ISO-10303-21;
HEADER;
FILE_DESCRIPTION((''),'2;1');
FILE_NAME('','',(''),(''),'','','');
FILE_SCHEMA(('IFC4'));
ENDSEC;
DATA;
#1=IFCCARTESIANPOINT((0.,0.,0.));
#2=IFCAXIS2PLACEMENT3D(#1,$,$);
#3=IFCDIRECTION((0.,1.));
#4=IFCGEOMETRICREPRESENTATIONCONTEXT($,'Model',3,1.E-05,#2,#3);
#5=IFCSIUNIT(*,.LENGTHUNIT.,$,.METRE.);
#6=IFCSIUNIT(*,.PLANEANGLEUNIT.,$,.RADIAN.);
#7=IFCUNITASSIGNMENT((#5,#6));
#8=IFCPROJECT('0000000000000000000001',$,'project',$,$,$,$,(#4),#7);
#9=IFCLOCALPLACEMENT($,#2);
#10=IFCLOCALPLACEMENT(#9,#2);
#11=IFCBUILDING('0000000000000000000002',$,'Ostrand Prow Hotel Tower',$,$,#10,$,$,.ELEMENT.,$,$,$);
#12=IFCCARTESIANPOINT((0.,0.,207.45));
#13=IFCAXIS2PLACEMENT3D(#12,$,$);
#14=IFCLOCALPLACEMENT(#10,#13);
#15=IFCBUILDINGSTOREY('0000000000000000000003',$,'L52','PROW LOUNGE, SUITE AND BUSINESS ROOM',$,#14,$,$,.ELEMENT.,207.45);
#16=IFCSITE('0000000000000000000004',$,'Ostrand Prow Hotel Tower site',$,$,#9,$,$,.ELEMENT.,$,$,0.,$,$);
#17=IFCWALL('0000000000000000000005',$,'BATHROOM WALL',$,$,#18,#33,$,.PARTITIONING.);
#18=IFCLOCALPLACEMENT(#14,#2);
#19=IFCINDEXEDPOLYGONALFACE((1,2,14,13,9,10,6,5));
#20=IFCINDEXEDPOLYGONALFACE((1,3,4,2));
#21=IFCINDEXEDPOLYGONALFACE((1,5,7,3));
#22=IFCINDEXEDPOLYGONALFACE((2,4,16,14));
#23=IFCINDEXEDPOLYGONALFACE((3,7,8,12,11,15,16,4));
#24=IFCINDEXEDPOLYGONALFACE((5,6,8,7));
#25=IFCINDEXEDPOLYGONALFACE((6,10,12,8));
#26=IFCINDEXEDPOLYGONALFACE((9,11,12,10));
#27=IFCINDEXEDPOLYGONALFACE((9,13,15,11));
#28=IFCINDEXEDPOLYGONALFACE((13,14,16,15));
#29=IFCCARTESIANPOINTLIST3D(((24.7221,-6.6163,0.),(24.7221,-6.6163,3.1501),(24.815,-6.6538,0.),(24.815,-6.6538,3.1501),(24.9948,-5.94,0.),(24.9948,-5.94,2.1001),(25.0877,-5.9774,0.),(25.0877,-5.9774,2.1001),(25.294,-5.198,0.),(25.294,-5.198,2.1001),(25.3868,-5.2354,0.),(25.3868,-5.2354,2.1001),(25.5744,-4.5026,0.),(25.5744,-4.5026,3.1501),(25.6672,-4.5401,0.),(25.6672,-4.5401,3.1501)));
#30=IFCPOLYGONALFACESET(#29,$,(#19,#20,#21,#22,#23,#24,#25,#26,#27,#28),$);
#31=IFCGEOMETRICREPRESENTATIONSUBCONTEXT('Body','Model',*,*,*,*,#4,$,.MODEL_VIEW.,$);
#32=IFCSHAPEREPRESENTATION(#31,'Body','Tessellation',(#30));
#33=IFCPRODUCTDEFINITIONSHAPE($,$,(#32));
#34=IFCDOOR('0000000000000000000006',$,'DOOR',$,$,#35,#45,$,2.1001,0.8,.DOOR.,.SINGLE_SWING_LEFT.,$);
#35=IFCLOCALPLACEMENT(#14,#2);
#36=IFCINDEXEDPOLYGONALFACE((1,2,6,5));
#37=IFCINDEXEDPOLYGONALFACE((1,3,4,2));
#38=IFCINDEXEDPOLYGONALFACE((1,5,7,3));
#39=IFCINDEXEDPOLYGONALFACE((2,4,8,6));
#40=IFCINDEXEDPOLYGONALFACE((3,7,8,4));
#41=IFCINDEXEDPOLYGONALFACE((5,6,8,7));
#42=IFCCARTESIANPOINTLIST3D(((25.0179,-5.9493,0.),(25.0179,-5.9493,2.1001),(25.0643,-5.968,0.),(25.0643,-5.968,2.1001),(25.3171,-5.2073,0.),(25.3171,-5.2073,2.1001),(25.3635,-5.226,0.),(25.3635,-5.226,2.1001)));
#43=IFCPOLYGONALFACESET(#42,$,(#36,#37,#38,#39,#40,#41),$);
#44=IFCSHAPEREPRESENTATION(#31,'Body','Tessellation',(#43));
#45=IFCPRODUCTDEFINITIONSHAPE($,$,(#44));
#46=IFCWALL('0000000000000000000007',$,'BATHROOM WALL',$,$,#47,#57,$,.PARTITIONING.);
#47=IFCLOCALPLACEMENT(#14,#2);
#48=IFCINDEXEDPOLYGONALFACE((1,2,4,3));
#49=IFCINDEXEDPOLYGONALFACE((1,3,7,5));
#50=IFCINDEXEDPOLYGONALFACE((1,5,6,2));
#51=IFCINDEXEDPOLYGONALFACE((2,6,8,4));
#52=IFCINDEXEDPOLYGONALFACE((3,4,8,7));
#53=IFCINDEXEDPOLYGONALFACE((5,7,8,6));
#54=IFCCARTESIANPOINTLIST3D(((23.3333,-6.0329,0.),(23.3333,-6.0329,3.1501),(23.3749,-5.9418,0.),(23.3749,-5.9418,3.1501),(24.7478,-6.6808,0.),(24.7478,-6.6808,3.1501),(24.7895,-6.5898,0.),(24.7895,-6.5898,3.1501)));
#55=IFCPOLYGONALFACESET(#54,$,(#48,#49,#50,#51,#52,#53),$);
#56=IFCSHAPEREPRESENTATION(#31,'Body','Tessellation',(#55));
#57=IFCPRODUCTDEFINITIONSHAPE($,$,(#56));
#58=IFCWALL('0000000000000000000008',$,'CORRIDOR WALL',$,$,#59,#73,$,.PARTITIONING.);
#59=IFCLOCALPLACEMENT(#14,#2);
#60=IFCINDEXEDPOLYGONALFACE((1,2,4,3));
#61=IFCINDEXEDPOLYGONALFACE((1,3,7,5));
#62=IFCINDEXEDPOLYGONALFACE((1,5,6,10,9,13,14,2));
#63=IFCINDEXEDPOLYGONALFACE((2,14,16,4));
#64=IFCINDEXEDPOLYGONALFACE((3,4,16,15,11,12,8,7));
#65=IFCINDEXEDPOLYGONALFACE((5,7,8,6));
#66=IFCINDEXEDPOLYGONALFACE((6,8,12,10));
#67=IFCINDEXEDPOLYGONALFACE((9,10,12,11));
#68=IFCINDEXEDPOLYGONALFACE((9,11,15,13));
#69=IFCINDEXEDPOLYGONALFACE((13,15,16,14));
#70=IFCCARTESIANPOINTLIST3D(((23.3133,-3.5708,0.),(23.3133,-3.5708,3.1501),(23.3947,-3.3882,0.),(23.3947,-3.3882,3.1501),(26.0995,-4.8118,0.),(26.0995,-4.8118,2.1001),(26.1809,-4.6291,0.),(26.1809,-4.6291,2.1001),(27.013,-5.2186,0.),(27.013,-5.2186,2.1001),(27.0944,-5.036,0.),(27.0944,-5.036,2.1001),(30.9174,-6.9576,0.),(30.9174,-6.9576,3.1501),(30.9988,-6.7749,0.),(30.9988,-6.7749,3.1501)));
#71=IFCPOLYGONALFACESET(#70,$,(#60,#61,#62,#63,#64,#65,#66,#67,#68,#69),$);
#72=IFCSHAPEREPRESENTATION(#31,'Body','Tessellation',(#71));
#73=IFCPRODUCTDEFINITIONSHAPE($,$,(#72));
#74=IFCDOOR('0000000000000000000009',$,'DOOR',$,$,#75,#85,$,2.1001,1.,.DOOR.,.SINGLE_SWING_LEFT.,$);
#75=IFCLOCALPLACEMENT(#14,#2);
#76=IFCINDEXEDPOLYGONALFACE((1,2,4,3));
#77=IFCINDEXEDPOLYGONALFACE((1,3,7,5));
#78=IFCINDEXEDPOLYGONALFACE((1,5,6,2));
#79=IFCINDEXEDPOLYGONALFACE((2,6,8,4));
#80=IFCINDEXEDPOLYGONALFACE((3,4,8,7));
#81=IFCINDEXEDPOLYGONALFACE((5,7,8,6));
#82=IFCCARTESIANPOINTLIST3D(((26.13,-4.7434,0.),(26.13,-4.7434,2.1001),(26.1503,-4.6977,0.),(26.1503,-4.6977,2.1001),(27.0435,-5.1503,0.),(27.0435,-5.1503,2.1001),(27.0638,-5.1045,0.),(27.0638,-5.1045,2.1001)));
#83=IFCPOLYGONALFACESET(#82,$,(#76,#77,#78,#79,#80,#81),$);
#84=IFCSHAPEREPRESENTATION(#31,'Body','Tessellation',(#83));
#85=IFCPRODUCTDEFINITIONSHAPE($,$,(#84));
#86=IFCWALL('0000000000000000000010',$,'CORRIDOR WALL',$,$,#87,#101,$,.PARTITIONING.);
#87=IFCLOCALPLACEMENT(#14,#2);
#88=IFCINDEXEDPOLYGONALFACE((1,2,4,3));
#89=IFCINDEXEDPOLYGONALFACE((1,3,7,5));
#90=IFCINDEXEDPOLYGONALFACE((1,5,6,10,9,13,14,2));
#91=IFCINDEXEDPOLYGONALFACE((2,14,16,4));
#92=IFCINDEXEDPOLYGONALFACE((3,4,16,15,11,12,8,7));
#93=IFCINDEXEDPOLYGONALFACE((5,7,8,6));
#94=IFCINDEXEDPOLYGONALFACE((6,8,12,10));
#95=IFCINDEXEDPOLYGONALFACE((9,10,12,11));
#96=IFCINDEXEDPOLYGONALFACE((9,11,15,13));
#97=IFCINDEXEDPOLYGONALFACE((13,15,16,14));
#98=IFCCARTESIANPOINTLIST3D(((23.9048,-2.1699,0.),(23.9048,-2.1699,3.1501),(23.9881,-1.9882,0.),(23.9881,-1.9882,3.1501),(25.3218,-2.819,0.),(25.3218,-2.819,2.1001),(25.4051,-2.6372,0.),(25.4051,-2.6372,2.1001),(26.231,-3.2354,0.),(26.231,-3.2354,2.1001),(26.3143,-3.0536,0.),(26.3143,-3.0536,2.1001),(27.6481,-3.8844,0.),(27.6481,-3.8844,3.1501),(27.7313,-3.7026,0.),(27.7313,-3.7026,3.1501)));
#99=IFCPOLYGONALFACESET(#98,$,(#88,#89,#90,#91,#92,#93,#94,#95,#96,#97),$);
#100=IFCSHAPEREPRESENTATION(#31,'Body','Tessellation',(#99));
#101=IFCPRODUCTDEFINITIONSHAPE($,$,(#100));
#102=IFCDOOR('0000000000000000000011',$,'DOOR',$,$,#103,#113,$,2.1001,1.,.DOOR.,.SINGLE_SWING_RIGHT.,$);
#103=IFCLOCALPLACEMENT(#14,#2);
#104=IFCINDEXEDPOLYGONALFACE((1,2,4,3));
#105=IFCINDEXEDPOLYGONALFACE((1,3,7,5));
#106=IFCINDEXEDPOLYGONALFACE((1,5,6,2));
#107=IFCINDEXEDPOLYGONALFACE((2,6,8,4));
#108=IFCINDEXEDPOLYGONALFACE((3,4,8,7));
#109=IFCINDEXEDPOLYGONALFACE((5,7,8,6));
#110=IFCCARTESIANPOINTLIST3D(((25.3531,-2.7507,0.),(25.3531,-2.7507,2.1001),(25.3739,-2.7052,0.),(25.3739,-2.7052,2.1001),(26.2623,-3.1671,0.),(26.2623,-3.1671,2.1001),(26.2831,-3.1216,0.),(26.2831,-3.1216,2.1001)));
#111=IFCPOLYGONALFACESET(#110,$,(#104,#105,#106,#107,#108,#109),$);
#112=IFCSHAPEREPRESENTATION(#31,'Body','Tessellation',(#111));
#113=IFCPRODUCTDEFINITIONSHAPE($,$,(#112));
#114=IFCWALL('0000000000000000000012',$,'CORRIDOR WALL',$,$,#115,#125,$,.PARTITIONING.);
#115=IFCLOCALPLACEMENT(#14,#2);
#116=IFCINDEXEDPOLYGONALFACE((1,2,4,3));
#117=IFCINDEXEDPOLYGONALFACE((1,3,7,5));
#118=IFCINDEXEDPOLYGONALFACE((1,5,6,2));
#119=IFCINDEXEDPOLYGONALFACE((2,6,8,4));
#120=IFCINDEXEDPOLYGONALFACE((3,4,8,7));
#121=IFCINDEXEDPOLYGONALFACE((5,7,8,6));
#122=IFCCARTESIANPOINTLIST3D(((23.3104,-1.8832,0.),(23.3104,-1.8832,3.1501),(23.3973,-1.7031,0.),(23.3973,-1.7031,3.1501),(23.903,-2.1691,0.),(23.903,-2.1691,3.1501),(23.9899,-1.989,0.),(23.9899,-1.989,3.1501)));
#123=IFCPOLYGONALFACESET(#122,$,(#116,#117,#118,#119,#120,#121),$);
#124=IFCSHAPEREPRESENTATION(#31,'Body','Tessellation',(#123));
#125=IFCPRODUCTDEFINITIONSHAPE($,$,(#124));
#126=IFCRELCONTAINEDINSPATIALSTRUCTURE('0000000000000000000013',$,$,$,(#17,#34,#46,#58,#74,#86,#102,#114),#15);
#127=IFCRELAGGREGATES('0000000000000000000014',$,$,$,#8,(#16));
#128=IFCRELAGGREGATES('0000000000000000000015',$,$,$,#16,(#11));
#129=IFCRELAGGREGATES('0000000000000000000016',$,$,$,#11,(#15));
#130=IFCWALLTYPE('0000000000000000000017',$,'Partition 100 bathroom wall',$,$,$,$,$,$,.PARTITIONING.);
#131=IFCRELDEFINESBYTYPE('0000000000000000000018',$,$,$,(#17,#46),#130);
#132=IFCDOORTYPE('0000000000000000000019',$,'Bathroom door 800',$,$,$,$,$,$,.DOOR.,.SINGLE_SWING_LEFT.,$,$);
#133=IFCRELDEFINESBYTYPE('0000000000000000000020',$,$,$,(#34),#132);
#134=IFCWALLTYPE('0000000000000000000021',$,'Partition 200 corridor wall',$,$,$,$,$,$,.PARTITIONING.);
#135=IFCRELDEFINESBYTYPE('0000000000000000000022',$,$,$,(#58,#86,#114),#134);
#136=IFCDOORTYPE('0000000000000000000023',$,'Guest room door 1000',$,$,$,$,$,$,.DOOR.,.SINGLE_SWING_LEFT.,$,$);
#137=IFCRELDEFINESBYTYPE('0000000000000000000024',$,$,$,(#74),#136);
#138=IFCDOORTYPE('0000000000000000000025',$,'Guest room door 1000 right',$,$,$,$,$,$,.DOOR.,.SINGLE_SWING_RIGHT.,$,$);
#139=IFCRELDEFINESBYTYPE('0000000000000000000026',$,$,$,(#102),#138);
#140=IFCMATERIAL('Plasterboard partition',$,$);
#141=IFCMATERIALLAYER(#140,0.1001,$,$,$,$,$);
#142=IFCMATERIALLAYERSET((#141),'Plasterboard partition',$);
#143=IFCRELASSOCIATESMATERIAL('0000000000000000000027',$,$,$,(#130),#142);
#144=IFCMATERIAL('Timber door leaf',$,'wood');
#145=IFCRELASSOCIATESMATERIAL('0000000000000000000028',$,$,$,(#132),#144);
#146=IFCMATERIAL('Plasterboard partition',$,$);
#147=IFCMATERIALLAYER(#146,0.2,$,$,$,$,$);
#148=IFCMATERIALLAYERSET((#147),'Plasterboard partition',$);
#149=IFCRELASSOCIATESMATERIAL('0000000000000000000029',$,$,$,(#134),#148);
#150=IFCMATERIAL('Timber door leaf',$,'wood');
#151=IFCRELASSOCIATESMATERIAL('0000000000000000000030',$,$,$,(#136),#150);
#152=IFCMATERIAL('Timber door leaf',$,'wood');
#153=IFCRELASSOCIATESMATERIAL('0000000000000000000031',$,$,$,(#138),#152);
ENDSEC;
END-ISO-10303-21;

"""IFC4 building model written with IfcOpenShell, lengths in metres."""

from ifc_helpers import new_model, si_unit, direction, frame, frame_2d, origin, place, context, subcontext, project, spatial, rectangle, extrude, material, layer, layer_set, type_object, element, fill, save


model = new_model("IFC4")

# Units and contexts
model_context = context("Model", 3, precision=1e-05, world=origin(), true_north=direction((0.0, 1.0)))
body_context = subcontext(model_context, "Body", "Model", "MODEL_VIEW")
ifc_project = project(units=[si_unit("LENGTHUNIT", "METRE"), si_unit("PLANEANGLEUNIT", "RADIAN")], contexts=[model_context])

# Site, building, storey
site_placement = place(None, origin())
site = spatial("IfcSite", under=ifc_project, at=site_placement, Name="Ostrand Prow Hotel Tower site", CompositionType="ELEMENT", RefElevation=0.0)
building_placement = place(site_placement, origin())
building = spatial("IfcBuilding", under=site, at=building_placement, Name="Ostrand Prow Hotel Tower", CompositionType="ELEMENT")
storey_placement = place(building_placement, frame((0.0, 0.0, 207.45)))
storey = spatial("IfcBuildingStorey", under=building, at=storey_placement, Name="L52", Description="PROW LOUNGE, SUITE AND BUSINESS ROOM", CompositionType="ELEMENT", Elevation=207.45)

# Wall, opening, door
ifc_material_1 = material(Name="Plasterboard partition")
ifc_layer_1 = layer(ifc_material_1, 0.1001)
ifc_layer_set_1 = layer_set([ifc_layer_1], Name="Plasterboard partition")
wall_type_1 = type_object("IfcWallType", Name="Partition 100 bathroom wall", PredefinedType="PARTITIONING", material=ifc_layer_set_1)
wall_1_placement = place(storey_placement, frame((25.6208, -4.5212, 0.0), z_axis=(0.0, 0.0, 1.0), x_axis=(-0.373956, -0.927446, 0.0)))
wall_1 = element("IfcWall", 1, at=wall_1_placement, inside=storey, type_object=wall_type_1, Name="BATHROOM WALL", PredefinedType="PARTITIONING", context=body_context, shape_type="SweptSolid", body=[
    extrude(rectangle(XDim=2.2791, YDim=0.1001, at=frame_2d((1.1396, 0.0))), origin(), (0.0, 0.0, 1.0), 3.1501),
])
opening_1_placement = place(wall_1_placement, frame((0.75, 0.0, 0.0)))
opening_1 = element("IfcOpeningElement", 2, at=opening_1_placement, cuts=wall_1, PredefinedType="OPENING", context=body_context, shape_type="SweptSolid", body=[
    extrude(rectangle(XDim=0.8, YDim=2.1001, at=frame_2d((0.3999, 1.05))), frame((0.0, 0.0601, 0.0), z_axis=(0.0, -1.0, 0.0), x_axis=(1.0, 0.0, 0.0)), (0.0, 0.0, 1.0), 0.1201),
])
ifc_material_2 = material(Name="Timber door leaf", Category="wood")
door_type_1 = type_object("IfcDoorType", Name="Bathroom door 800", OperationType="SINGLE_SWING_LEFT", PredefinedType="DOOR", material=ifc_material_2)
door_1_placement = place(opening_1_placement, origin())
door_1 = element("IfcDoor", 3, at=door_1_placement, inside=storey, type_object=door_type_1, Name="DOOR", OperationType="SINGLE_SWING_LEFT", OverallHeight=2.1001, OverallWidth=0.8, PredefinedType="DOOR", context=body_context, shape_type="SweptSolid", body=[
    extrude(rectangle(XDim=0.8, YDim=2.1001, at=frame_2d((0.3999, 1.05))), frame((0.0, 0.0249, 0.0), z_axis=(0.0, -1.0, 0.0), x_axis=(1.0, 0.0, 0.0)), (0.0, 0.0, 1.0), 0.05),
])
fill(opening_1, door_1)

# Wall
wall_2_placement = place(storey_placement, frame((24.7686, -6.6353, 0.0), z_axis=(0.0, 0.0, 1.0), x_axis=(-0.909159, 0.416449, 0.0)))
element("IfcWall", 4, at=wall_2_placement, inside=storey, type_object=wall_type_1, Name="BATHROOM WALL", PredefinedType="PARTITIONING", context=body_context, shape_type="SweptSolid", body=[
    extrude(rectangle(XDim=1.5559, YDim=0.1001, at=frame_2d((0.7778, 0.0))), origin(), (0.0, 0.0, 1.0), 3.1501),
])

# Walls, openings, doors
ifc_material_3 = material(Name="Plasterboard partition")
ifc_layer_2 = layer(ifc_material_3, 0.2)
ifc_layer_set_2 = layer_set([ifc_layer_2], Name="Plasterboard partition")
wall_type_2 = type_object("IfcWallType", Name="Partition 200 corridor wall", PredefinedType="PARTITIONING", material=ifc_layer_set_2)
wall_3_placement = place(storey_placement, frame((23.354, -3.4795, 0.0), z_axis=(0.0, 0.0, 1.0), x_axis=(0.913492, -0.406857, 0.0)))
wall_3 = element("IfcWall", 5, at=wall_3_placement, inside=storey, type_object=wall_type_2, Name="CORRIDOR WALL", PredefinedType="PARTITIONING", context=body_context, shape_type="SweptSolid", body=[
    extrude(rectangle(XDim=8.3242, YDim=0.2, at=frame_2d((4.1621, 0.0))), origin(), (0.0, 0.0, 1.0), 3.1501),
])
opening_2_placement = place(wall_3_placement, frame((3.05, 0.0, 0.0)))
opening_2 = element("IfcOpeningElement", 6, at=opening_2_placement, cuts=wall_3, PredefinedType="OPENING", context=body_context, shape_type="SweptSolid", body=[
    extrude(rectangle(XDim=1.0, YDim=2.1001, at=frame_2d((0.5, 1.05))), frame((0.0, 0.1099, 0.0), z_axis=(0.0, -1.0, 0.0), x_axis=(1.0, 0.0, 0.0)), (0.0, 0.0, 1.0), 0.22),
])
ifc_material_4 = material(Name="Timber door leaf", Category="wood")
door_type_2 = type_object("IfcDoorType", Name="Guest room door 1000", OperationType="SINGLE_SWING_LEFT", PredefinedType="DOOR", material=ifc_material_4)
door_2_placement = place(opening_2_placement, origin())
door_2 = element("IfcDoor", 7, at=door_2_placement, inside=storey, type_object=door_type_2, Name="DOOR", OperationType="SINGLE_SWING_LEFT", OverallHeight=2.1001, OverallWidth=1.0, PredefinedType="DOOR", context=body_context, shape_type="SweptSolid", body=[
    extrude(rectangle(XDim=1.0, YDim=2.1001, at=frame_2d((0.5, 1.05))), frame((0.0, 0.0249, 0.0), z_axis=(0.0, -1.0, 0.0), x_axis=(1.0, 0.0, 0.0)), (0.0, 0.0, 1.0), 0.05),
])
fill(opening_2, door_2)
wall_4_placement = place(storey_placement, frame((27.6897, -3.7935, 0.0), z_axis=(0.0, 0.0, 1.0), x_axis=(-0.909181, 0.416402, 0.0)))
wall_4 = element("IfcWall", 8, at=wall_4_placement, inside=storey, type_object=wall_type_2, Name="CORRIDOR WALL", PredefinedType="PARTITIONING", context=body_context, shape_type="SweptSolid", body=[
    extrude(rectangle(XDim=4.1172, YDim=0.2, at=frame_2d((2.0586, 0.0))), origin(), (0.0, 0.0, 1.0), 3.1501),
])
opening_3_placement = place(wall_4_placement, frame((1.5586, 0.0, 0.0)))
opening_3 = element("IfcOpeningElement", 9, at=opening_3_placement, cuts=wall_4, PredefinedType="OPENING", context=body_context, shape_type="SweptSolid", body=[
    extrude(rectangle(XDim=1.0, YDim=2.1001, at=frame_2d((0.5, 1.05))), frame((0.0, 0.1099, 0.0), z_axis=(0.0, -1.0, 0.0), x_axis=(1.0, 0.0, 0.0)), (0.0, 0.0, 1.0), 0.22),
])
ifc_material_5 = material(Name="Timber door leaf", Category="wood")
door_type_3 = type_object("IfcDoorType", Name="Guest room door 1000 right", OperationType="SINGLE_SWING_RIGHT", PredefinedType="DOOR", material=ifc_material_5)
door_3_placement = place(opening_3_placement, origin())
door_3 = element("IfcDoor", 10, at=door_3_placement, inside=storey, type_object=door_type_3, Name="DOOR", OperationType="SINGLE_SWING_RIGHT", OverallHeight=2.1001, OverallWidth=1.0, PredefinedType="DOOR", context=body_context, shape_type="SweptSolid", body=[
    extrude(rectangle(XDim=1.0, YDim=2.1001, at=frame_2d((0.5, 1.05))), frame((0.0, 0.0249, 0.0), z_axis=(0.0, -1.0, 0.0), x_axis=(1.0, 0.0, 0.0)), (0.0, 0.0, 1.0), 0.05),
])
fill(opening_3, door_3)

# Wall
wall_5_placement = place(storey_placement, frame((23.9465, -2.0791, 0.0), z_axis=(0.0, 0.0, 1.0), x_axis=(-0.900647, 0.434552, 0.0)))
element("IfcWall", 11, at=wall_5_placement, inside=storey, type_object=wall_type_2, Name="CORRIDOR WALL", PredefinedType="PARTITIONING", context=body_context, shape_type="SweptSolid", body=[
    extrude(rectangle(XDim=0.658, YDim=0.2, at=frame_2d((0.3291, 0.0))), origin(), (0.0, 0.0, 1.0), 3.1501),
])

save(model, "model.ifc")
